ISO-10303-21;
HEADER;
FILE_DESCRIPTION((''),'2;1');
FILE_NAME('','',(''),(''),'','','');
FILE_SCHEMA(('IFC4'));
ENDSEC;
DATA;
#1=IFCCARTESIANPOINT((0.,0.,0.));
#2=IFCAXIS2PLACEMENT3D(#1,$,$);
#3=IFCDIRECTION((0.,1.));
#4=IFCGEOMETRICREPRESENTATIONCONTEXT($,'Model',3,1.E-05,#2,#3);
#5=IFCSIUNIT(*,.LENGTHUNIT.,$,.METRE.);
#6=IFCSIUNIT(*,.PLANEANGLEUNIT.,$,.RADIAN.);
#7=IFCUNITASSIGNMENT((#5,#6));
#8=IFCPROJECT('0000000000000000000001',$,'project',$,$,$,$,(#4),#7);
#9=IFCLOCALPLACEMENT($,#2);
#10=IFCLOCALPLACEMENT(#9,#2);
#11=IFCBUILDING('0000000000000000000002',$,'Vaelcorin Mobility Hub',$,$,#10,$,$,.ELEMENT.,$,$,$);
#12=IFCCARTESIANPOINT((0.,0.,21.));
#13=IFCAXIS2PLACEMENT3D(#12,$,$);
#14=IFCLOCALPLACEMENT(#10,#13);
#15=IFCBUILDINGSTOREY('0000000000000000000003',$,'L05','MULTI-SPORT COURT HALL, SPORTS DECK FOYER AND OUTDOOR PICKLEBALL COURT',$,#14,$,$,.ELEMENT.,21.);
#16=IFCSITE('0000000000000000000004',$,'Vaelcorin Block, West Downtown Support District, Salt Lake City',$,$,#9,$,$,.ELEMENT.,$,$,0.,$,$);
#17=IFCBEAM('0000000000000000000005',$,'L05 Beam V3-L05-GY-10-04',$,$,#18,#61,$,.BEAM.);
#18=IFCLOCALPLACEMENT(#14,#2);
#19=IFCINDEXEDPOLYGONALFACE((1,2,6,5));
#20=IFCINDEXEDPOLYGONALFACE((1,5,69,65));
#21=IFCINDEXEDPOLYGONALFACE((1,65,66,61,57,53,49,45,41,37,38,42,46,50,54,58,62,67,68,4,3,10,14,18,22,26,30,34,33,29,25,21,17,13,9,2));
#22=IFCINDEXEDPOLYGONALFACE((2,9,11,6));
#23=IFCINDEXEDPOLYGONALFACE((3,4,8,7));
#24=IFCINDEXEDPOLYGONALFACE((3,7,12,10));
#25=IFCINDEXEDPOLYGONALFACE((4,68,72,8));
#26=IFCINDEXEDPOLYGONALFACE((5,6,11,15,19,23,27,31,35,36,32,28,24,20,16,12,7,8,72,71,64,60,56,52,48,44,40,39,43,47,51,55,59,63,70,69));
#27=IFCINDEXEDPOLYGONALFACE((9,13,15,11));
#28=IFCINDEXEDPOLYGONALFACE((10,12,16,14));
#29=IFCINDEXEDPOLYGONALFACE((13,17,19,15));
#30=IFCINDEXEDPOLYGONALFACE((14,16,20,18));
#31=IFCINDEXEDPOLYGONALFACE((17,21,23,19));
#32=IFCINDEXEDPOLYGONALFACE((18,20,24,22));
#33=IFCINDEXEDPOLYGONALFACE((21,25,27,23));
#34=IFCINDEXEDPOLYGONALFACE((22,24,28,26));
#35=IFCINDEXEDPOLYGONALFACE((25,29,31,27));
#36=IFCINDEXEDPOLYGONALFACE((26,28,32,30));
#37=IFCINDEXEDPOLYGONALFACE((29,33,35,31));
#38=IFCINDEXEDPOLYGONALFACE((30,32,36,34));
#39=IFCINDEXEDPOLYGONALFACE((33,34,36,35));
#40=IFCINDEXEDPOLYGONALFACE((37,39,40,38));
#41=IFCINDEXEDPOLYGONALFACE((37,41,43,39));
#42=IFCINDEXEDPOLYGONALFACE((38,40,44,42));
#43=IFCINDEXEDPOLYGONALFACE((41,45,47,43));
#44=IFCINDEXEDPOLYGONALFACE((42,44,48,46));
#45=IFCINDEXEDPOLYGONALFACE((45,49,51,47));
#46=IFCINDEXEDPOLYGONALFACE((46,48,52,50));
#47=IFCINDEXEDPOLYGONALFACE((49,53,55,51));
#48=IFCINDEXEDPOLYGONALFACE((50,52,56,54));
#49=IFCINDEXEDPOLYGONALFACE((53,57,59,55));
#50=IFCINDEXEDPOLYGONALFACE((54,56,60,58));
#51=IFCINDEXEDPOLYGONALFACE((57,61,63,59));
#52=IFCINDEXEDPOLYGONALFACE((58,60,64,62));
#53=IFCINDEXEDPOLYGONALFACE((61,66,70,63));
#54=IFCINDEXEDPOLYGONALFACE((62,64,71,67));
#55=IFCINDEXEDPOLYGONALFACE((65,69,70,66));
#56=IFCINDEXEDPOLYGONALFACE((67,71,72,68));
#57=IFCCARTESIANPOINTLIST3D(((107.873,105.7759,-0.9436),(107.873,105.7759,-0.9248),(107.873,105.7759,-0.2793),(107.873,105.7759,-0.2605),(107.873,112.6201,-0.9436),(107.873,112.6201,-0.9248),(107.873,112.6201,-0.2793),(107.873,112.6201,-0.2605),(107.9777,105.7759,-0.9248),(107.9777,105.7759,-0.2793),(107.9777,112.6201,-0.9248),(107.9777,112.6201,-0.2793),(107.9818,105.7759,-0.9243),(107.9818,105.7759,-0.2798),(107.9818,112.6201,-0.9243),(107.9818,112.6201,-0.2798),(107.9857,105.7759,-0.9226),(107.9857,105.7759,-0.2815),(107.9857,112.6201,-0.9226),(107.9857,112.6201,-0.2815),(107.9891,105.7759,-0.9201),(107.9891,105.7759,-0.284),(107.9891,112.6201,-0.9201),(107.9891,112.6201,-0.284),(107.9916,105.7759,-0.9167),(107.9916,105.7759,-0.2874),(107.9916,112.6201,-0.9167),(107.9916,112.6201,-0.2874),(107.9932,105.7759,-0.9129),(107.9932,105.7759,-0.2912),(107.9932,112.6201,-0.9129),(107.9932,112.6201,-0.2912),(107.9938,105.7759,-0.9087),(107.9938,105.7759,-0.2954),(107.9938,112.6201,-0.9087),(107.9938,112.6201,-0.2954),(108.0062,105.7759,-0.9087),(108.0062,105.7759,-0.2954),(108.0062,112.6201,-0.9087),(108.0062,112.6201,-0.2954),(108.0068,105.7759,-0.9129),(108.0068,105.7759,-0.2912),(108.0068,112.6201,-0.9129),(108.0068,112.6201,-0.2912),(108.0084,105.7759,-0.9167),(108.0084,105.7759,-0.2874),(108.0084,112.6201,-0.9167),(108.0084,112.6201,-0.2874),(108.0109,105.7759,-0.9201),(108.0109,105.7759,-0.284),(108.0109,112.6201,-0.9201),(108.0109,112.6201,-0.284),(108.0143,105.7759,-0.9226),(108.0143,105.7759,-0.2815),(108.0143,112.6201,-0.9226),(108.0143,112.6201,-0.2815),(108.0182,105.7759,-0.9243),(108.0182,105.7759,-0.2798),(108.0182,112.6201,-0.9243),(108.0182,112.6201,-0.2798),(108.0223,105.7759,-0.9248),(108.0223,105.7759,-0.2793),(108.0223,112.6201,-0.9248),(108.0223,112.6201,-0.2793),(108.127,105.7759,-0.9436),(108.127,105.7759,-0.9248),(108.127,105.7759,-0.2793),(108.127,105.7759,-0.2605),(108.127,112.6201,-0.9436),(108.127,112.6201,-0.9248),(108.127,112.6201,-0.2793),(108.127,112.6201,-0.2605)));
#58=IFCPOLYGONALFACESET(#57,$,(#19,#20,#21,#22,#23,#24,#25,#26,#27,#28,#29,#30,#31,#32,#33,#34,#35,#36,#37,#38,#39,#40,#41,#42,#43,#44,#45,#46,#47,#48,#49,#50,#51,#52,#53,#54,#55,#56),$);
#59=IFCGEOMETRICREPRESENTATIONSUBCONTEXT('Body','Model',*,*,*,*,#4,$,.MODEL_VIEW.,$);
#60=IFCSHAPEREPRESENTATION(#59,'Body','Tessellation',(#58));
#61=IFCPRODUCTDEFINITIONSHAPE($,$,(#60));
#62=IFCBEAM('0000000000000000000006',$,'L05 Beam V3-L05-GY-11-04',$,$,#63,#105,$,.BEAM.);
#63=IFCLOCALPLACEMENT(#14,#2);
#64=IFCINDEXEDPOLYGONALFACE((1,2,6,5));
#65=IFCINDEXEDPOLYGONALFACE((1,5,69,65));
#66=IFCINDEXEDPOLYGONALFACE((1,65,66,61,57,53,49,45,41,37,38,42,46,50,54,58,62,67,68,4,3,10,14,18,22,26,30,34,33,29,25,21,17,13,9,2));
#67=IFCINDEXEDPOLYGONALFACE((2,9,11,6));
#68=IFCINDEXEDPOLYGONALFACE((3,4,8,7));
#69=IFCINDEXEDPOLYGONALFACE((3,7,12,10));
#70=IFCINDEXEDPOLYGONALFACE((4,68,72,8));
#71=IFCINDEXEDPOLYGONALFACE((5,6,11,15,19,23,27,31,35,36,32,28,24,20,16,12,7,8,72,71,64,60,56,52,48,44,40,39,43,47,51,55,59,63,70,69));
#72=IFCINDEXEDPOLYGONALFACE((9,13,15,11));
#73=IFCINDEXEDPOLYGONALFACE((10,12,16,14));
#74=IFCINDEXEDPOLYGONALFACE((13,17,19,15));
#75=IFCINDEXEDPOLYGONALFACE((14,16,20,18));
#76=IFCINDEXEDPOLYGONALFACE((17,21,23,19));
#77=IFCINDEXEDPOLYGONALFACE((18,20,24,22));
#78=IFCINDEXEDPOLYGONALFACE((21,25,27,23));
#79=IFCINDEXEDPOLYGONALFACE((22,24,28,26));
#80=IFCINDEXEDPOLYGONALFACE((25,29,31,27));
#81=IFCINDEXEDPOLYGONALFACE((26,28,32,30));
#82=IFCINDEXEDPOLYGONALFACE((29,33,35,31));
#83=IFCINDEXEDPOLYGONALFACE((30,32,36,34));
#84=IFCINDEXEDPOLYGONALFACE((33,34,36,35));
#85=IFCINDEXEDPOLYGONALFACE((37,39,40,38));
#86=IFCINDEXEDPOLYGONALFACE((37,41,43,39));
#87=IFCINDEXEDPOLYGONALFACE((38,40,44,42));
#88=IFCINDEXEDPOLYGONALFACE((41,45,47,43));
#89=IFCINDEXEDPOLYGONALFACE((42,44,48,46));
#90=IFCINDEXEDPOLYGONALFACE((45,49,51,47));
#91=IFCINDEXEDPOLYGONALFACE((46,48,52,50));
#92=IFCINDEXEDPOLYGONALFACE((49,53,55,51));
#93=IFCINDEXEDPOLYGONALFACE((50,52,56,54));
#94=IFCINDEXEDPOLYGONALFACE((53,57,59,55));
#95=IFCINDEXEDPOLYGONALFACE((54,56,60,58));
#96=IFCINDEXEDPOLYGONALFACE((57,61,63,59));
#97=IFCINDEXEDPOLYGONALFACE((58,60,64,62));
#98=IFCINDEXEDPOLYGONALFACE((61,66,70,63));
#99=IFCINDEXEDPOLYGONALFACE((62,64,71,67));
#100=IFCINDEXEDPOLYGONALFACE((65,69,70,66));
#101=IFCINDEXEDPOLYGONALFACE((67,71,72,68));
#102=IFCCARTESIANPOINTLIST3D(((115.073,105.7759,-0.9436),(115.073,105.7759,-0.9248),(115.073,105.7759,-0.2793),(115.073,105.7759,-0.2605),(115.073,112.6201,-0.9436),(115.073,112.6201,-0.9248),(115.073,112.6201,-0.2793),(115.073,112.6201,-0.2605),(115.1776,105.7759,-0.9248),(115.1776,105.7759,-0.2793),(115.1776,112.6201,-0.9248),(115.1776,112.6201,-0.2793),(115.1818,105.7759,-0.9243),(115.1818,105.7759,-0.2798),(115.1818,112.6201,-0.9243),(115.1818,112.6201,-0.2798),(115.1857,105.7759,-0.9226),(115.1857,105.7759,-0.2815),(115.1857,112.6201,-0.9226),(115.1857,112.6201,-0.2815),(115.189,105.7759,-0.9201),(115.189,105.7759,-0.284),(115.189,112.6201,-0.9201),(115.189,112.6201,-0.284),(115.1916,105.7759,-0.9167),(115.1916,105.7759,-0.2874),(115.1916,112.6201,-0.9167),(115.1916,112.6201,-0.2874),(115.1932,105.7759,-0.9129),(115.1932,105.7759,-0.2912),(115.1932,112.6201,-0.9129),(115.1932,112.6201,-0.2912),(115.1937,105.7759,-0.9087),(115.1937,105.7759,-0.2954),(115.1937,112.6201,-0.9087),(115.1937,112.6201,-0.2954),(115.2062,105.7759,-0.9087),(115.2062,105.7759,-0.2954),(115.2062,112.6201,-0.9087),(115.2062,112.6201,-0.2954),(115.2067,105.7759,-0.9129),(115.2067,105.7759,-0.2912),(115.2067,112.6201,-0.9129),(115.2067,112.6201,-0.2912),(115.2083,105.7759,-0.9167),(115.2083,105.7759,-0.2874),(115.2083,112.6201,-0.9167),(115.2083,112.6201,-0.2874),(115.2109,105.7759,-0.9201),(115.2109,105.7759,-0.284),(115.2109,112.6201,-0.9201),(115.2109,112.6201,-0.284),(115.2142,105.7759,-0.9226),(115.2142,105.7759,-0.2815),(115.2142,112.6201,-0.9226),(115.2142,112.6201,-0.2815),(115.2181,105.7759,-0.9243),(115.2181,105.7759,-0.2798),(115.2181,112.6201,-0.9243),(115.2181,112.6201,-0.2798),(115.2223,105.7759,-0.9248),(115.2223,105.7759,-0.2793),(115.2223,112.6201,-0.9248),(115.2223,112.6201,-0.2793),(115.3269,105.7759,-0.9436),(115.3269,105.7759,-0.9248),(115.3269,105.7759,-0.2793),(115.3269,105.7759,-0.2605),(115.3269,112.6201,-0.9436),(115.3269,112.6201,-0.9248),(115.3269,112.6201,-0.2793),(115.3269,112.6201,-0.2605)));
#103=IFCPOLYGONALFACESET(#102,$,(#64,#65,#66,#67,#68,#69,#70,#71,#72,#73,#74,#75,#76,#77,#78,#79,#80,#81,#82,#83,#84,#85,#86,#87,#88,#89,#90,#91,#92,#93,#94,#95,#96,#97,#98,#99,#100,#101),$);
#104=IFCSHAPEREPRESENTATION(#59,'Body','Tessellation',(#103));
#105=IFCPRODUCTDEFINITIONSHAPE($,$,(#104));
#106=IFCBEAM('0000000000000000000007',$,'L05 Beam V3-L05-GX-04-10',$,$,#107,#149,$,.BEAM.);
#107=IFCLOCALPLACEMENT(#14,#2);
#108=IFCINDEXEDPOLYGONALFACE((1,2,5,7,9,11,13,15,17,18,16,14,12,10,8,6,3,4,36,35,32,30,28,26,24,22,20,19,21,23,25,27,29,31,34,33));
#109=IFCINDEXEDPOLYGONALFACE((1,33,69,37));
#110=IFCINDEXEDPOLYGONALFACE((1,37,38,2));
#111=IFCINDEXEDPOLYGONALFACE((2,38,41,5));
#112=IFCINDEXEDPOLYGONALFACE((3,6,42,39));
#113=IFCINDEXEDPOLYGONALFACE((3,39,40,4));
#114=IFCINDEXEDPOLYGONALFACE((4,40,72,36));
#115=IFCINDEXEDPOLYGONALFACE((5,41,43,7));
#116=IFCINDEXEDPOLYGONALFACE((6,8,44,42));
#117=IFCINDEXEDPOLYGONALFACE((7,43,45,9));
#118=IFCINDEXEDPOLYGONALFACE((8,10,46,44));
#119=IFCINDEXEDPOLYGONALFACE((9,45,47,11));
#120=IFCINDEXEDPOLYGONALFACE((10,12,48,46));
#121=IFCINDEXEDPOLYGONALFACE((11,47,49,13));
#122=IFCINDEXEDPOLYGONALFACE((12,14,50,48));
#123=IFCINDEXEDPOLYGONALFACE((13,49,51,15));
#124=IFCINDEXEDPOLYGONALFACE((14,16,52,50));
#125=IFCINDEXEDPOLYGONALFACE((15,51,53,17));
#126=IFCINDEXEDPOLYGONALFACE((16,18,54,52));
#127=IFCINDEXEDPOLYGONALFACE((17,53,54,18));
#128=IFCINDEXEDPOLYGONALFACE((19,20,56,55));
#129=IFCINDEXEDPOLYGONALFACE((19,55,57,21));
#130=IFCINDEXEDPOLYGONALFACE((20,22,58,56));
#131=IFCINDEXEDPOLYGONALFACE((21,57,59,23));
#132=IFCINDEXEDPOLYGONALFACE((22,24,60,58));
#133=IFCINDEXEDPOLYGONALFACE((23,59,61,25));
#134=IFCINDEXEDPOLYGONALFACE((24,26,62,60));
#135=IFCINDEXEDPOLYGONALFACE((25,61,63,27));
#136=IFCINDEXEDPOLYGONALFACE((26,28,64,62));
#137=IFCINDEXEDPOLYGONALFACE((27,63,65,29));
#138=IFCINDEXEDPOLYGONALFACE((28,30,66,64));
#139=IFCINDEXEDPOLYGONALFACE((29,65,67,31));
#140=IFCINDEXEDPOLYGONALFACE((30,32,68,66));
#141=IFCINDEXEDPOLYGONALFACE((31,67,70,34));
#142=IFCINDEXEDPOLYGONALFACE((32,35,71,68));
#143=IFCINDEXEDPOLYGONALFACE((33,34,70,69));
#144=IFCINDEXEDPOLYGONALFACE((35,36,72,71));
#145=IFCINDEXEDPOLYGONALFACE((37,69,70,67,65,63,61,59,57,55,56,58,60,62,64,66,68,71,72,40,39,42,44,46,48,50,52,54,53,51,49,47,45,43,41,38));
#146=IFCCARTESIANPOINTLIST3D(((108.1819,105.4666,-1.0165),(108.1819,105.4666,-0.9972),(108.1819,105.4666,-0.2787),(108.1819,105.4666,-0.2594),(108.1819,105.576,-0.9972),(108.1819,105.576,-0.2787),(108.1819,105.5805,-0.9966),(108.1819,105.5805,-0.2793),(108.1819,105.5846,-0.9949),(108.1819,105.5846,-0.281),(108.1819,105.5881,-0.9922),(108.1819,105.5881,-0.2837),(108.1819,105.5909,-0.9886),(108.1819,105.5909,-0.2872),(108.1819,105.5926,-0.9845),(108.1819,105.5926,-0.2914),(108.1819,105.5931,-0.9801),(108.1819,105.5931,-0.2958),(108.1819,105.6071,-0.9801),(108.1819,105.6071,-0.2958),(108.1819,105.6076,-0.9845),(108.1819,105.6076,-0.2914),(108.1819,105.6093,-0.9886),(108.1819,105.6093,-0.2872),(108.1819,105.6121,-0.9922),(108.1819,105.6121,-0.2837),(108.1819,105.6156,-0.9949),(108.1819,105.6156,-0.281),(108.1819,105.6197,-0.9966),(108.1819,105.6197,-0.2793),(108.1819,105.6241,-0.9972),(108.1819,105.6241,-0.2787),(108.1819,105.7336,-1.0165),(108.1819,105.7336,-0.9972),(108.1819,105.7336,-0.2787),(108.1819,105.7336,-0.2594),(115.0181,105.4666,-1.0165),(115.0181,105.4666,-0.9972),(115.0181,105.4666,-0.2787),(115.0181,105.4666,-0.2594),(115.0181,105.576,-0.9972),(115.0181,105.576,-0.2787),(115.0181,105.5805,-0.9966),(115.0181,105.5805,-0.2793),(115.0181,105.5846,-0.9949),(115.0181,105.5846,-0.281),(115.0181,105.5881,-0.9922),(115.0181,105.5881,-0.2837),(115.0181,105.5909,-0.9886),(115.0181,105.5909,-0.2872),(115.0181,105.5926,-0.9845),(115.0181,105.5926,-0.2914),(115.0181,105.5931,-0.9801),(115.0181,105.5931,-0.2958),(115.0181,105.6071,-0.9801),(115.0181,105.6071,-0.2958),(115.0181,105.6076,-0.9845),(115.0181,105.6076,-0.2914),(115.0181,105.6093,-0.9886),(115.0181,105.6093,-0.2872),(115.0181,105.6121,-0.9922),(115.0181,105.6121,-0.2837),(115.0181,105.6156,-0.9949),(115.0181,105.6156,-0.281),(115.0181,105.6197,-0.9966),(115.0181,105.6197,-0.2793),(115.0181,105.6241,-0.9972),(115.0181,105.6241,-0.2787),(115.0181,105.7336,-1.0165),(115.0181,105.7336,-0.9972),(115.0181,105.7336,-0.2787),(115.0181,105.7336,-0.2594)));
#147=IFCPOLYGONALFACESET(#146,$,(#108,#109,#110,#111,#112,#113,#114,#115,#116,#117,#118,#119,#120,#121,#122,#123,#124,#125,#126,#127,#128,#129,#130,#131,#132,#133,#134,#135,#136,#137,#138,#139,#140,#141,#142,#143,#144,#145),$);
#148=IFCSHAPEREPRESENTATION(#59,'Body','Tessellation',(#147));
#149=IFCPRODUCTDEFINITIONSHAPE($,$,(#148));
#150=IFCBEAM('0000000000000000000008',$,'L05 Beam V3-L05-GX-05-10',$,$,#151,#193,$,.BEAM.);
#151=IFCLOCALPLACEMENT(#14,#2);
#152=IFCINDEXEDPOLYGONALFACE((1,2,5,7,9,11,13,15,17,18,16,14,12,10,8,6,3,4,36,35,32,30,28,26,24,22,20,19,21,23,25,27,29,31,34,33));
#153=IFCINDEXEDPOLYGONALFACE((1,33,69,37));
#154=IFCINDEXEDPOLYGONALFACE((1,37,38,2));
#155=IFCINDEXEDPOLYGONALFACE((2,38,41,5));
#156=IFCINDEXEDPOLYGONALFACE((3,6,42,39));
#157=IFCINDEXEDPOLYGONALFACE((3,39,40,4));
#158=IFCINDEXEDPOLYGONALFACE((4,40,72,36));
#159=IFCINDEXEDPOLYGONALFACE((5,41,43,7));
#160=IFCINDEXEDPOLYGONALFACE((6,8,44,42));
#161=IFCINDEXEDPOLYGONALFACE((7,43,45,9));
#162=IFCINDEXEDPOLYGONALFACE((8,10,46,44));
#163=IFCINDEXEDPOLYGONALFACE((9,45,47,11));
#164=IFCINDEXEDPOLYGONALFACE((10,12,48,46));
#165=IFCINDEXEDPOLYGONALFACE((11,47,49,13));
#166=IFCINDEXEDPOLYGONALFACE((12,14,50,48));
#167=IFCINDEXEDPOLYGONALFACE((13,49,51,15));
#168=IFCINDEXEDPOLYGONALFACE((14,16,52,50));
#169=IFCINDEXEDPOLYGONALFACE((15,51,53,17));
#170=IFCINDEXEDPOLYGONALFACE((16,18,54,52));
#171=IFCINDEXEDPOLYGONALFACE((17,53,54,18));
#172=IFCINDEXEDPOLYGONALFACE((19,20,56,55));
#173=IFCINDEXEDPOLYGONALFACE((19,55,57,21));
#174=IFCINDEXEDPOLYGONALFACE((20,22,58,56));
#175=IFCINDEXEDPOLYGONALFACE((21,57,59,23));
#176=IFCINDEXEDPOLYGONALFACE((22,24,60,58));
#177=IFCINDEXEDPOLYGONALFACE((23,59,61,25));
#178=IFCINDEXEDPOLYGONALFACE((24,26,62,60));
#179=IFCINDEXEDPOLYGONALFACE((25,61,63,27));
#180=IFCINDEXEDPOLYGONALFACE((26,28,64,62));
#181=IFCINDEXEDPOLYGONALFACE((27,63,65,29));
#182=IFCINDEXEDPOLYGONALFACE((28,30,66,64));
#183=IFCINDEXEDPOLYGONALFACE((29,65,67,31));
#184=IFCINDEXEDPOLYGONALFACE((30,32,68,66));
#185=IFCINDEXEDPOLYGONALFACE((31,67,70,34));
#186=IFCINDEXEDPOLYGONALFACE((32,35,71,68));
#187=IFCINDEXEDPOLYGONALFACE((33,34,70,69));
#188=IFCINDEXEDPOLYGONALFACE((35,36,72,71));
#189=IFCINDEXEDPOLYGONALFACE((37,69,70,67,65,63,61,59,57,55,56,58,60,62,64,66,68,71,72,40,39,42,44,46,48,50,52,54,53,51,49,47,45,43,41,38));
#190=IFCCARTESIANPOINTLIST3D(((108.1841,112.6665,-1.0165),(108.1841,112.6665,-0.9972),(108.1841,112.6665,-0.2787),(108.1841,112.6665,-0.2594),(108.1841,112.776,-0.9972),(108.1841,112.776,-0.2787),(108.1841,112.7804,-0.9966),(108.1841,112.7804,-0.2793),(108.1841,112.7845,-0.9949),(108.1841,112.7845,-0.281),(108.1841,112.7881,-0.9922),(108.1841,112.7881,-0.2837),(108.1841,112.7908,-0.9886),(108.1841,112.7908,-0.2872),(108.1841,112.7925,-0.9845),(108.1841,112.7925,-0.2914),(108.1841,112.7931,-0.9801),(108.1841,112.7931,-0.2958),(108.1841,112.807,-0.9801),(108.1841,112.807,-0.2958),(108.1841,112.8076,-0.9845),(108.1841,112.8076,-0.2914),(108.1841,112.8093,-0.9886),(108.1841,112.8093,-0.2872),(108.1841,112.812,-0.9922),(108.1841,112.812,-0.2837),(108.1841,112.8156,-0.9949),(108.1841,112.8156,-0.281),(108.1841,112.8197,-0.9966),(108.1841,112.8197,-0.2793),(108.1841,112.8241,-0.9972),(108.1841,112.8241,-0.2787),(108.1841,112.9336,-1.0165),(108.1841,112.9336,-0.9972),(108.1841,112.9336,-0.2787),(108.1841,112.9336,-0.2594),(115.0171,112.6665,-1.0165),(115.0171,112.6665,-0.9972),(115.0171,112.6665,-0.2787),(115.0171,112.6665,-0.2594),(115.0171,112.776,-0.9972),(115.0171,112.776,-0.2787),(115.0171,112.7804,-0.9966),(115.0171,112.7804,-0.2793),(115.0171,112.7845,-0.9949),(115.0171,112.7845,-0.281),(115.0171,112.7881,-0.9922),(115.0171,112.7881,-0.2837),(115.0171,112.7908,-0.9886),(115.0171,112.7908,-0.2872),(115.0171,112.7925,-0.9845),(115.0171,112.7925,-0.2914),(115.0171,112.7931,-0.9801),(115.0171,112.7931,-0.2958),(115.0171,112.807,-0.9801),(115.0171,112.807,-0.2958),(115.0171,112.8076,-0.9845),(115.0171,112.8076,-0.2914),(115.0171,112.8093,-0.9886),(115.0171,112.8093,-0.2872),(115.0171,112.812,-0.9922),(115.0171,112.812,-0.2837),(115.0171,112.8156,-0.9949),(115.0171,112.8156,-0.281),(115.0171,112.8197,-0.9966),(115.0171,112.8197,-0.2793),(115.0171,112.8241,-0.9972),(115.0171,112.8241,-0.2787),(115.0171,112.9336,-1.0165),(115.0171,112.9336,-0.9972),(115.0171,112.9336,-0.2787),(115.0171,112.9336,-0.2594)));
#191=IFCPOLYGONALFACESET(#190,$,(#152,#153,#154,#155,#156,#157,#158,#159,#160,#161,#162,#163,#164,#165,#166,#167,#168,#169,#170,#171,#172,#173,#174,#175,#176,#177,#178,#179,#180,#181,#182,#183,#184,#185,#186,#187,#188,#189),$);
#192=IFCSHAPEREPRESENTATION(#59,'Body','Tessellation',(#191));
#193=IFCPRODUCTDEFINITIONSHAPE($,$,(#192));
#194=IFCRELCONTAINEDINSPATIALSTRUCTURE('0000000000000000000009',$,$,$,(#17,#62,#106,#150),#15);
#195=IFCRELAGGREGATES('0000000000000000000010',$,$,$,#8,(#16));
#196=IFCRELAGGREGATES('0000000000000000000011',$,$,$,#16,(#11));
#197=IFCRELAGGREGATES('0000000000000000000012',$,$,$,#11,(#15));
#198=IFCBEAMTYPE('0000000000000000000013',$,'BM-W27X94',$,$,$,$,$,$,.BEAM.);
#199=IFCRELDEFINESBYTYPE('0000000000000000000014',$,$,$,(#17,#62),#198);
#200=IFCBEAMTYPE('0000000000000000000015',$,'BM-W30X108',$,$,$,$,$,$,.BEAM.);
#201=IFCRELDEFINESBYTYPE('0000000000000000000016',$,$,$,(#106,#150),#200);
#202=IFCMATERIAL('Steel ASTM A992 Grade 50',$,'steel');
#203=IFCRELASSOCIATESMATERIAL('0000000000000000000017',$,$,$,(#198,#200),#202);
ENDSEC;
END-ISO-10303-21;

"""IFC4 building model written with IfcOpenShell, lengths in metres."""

from ifc_helpers import new_model, si_unit, direction, frame, origin, origin_2d, place, context, subcontext, project, spatial, i_section, extrude, material, material_profile, profile_set, type_object, element, save


model = new_model("IFC4")

# Units and contexts
model_context = context("Model", 3, precision=1e-05, world=origin(), true_north=direction((0.0, 1.0)))
body_context = subcontext(model_context, "Body", "Model", "MODEL_VIEW")
ifc_project = project(units=[si_unit("LENGTHUNIT", "METRE"), si_unit("PLANEANGLEUNIT", "RADIAN")], contexts=[model_context])

# Site, building, storey
site_placement = place(None, origin())
site = spatial("IfcSite", under=ifc_project, at=site_placement, Name="Vaelcorin Block, West Downtown Support District, Salt Lake City", CompositionType="ELEMENT", RefElevation=0.0)
building_placement = place(site_placement, origin())
building = spatial("IfcBuilding", under=site, at=building_placement, Name="Vaelcorin Mobility Hub", CompositionType="ELEMENT")
storey_placement = place(building_placement, frame((0.0, 0.0, 21.0)))
storey = spatial("IfcBuildingStorey", under=building, at=storey_placement, Name="L05", Description="MULTI-SPORT COURT HALL, SPORTS DECK FOYER AND OUTDOOR PICKLEBALL COURT", CompositionType="ELEMENT", Elevation=21.0)

# Shared definitions
ifc_material_1 = material(Name="Steel ASTM A992 Grade 50", Category="steel")

# Beams
ifc_material_profile_1 = material_profile(ifc_material_1, i_section(OverallWidth=0.2539, OverallDepth=0.6831, WebThickness=0.0125, FlangeThickness=0.0188, FilletRadius=0.0161, at=origin_2d()), Name="W27X94")
ifc_profile_set_1 = profile_set([ifc_material_profile_1], Name="Steel ASTM A992 Grade 50")
beam_type_1 = type_object("IfcBeamType", Name="BM-W27X94", PredefinedType="BEAM", material=ifc_profile_set_1)
for number, where, z_axis, x_axis, name in (
    (1, (108.0, 105.7759, -0.6021), (0.0, 1.0, 0.0), (-1.0, 0.0, 0.0), "L05 Beam V3-L05-GY-10-04"),
    (2, (115.2, 105.7759, -0.6021), (0.0, 1.0, 0.0), (-1.0, 0.0, 0.0), "L05 Beam V3-L05-GY-11-04"),
):
    element("IfcBeam", number, at=place(storey_placement, frame(where, z_axis=z_axis, x_axis=x_axis)), inside=storey, type_object=beam_type_1, Name=name, PredefinedType="BEAM", context=body_context, shape_type="SweptSolid", body=[
        extrude(i_section(OverallWidth=0.2539, OverallDepth=0.6831, WebThickness=0.0125, FlangeThickness=0.0188, FilletRadius=0.0161, at=origin_2d()), origin(), (0.0, 0.0, 1.0), 6.8442),
    ])
ifc_material_profile_2 = material_profile(ifc_material_1, i_section(OverallWidth=0.2671, OverallDepth=0.7571, WebThickness=0.0139, FlangeThickness=0.0193, FilletRadius=0.0171, at=origin_2d()), Name="W30X108")
ifc_profile_set_2 = profile_set([ifc_material_profile_2], Name="Steel ASTM A992 Grade 50")
beam_type_2 = type_object("IfcBeamType", Name="BM-W30X108", PredefinedType="BEAM", material=ifc_profile_set_2)
beam_1_placement = place(storey_placement, frame((108.1819, 105.6001, -0.6379), z_axis=(1.0, 0.0, 0.0), x_axis=(0.0, 1.0, 0.0)))
element("IfcBeam", 3, at=beam_1_placement, inside=storey, type_object=beam_type_2, Name="L05 Beam V3-L05-GX-04-10", PredefinedType="BEAM", context=body_context, shape_type="SweptSolid", body=[
    extrude(i_section(OverallWidth=0.2671, OverallDepth=0.7571, WebThickness=0.0139, FlangeThickness=0.0193, FilletRadius=0.0171, at=origin_2d()), origin(), (0.0, 0.0, 1.0), 6.8362),
])
beam_2_placement = place(storey_placement, frame((108.1841, 112.8, -0.6379), z_axis=(1.0, 0.0, 0.0), x_axis=(0.0, 1.0, 0.0)))
element("IfcBeam", 4, at=beam_2_placement, inside=storey, type_object=beam_type_2, Name="L05 Beam V3-L05-GX-05-10", PredefinedType="BEAM", context=body_context, shape_type="SweptSolid", body=[
    extrude(i_section(OverallWidth=0.2671, OverallDepth=0.7571, WebThickness=0.0139, FlangeThickness=0.0193, FilletRadius=0.0171, at=origin_2d()), origin(), (0.0, 0.0, 1.0), 6.833),
])

save(model, "model.ifc")
